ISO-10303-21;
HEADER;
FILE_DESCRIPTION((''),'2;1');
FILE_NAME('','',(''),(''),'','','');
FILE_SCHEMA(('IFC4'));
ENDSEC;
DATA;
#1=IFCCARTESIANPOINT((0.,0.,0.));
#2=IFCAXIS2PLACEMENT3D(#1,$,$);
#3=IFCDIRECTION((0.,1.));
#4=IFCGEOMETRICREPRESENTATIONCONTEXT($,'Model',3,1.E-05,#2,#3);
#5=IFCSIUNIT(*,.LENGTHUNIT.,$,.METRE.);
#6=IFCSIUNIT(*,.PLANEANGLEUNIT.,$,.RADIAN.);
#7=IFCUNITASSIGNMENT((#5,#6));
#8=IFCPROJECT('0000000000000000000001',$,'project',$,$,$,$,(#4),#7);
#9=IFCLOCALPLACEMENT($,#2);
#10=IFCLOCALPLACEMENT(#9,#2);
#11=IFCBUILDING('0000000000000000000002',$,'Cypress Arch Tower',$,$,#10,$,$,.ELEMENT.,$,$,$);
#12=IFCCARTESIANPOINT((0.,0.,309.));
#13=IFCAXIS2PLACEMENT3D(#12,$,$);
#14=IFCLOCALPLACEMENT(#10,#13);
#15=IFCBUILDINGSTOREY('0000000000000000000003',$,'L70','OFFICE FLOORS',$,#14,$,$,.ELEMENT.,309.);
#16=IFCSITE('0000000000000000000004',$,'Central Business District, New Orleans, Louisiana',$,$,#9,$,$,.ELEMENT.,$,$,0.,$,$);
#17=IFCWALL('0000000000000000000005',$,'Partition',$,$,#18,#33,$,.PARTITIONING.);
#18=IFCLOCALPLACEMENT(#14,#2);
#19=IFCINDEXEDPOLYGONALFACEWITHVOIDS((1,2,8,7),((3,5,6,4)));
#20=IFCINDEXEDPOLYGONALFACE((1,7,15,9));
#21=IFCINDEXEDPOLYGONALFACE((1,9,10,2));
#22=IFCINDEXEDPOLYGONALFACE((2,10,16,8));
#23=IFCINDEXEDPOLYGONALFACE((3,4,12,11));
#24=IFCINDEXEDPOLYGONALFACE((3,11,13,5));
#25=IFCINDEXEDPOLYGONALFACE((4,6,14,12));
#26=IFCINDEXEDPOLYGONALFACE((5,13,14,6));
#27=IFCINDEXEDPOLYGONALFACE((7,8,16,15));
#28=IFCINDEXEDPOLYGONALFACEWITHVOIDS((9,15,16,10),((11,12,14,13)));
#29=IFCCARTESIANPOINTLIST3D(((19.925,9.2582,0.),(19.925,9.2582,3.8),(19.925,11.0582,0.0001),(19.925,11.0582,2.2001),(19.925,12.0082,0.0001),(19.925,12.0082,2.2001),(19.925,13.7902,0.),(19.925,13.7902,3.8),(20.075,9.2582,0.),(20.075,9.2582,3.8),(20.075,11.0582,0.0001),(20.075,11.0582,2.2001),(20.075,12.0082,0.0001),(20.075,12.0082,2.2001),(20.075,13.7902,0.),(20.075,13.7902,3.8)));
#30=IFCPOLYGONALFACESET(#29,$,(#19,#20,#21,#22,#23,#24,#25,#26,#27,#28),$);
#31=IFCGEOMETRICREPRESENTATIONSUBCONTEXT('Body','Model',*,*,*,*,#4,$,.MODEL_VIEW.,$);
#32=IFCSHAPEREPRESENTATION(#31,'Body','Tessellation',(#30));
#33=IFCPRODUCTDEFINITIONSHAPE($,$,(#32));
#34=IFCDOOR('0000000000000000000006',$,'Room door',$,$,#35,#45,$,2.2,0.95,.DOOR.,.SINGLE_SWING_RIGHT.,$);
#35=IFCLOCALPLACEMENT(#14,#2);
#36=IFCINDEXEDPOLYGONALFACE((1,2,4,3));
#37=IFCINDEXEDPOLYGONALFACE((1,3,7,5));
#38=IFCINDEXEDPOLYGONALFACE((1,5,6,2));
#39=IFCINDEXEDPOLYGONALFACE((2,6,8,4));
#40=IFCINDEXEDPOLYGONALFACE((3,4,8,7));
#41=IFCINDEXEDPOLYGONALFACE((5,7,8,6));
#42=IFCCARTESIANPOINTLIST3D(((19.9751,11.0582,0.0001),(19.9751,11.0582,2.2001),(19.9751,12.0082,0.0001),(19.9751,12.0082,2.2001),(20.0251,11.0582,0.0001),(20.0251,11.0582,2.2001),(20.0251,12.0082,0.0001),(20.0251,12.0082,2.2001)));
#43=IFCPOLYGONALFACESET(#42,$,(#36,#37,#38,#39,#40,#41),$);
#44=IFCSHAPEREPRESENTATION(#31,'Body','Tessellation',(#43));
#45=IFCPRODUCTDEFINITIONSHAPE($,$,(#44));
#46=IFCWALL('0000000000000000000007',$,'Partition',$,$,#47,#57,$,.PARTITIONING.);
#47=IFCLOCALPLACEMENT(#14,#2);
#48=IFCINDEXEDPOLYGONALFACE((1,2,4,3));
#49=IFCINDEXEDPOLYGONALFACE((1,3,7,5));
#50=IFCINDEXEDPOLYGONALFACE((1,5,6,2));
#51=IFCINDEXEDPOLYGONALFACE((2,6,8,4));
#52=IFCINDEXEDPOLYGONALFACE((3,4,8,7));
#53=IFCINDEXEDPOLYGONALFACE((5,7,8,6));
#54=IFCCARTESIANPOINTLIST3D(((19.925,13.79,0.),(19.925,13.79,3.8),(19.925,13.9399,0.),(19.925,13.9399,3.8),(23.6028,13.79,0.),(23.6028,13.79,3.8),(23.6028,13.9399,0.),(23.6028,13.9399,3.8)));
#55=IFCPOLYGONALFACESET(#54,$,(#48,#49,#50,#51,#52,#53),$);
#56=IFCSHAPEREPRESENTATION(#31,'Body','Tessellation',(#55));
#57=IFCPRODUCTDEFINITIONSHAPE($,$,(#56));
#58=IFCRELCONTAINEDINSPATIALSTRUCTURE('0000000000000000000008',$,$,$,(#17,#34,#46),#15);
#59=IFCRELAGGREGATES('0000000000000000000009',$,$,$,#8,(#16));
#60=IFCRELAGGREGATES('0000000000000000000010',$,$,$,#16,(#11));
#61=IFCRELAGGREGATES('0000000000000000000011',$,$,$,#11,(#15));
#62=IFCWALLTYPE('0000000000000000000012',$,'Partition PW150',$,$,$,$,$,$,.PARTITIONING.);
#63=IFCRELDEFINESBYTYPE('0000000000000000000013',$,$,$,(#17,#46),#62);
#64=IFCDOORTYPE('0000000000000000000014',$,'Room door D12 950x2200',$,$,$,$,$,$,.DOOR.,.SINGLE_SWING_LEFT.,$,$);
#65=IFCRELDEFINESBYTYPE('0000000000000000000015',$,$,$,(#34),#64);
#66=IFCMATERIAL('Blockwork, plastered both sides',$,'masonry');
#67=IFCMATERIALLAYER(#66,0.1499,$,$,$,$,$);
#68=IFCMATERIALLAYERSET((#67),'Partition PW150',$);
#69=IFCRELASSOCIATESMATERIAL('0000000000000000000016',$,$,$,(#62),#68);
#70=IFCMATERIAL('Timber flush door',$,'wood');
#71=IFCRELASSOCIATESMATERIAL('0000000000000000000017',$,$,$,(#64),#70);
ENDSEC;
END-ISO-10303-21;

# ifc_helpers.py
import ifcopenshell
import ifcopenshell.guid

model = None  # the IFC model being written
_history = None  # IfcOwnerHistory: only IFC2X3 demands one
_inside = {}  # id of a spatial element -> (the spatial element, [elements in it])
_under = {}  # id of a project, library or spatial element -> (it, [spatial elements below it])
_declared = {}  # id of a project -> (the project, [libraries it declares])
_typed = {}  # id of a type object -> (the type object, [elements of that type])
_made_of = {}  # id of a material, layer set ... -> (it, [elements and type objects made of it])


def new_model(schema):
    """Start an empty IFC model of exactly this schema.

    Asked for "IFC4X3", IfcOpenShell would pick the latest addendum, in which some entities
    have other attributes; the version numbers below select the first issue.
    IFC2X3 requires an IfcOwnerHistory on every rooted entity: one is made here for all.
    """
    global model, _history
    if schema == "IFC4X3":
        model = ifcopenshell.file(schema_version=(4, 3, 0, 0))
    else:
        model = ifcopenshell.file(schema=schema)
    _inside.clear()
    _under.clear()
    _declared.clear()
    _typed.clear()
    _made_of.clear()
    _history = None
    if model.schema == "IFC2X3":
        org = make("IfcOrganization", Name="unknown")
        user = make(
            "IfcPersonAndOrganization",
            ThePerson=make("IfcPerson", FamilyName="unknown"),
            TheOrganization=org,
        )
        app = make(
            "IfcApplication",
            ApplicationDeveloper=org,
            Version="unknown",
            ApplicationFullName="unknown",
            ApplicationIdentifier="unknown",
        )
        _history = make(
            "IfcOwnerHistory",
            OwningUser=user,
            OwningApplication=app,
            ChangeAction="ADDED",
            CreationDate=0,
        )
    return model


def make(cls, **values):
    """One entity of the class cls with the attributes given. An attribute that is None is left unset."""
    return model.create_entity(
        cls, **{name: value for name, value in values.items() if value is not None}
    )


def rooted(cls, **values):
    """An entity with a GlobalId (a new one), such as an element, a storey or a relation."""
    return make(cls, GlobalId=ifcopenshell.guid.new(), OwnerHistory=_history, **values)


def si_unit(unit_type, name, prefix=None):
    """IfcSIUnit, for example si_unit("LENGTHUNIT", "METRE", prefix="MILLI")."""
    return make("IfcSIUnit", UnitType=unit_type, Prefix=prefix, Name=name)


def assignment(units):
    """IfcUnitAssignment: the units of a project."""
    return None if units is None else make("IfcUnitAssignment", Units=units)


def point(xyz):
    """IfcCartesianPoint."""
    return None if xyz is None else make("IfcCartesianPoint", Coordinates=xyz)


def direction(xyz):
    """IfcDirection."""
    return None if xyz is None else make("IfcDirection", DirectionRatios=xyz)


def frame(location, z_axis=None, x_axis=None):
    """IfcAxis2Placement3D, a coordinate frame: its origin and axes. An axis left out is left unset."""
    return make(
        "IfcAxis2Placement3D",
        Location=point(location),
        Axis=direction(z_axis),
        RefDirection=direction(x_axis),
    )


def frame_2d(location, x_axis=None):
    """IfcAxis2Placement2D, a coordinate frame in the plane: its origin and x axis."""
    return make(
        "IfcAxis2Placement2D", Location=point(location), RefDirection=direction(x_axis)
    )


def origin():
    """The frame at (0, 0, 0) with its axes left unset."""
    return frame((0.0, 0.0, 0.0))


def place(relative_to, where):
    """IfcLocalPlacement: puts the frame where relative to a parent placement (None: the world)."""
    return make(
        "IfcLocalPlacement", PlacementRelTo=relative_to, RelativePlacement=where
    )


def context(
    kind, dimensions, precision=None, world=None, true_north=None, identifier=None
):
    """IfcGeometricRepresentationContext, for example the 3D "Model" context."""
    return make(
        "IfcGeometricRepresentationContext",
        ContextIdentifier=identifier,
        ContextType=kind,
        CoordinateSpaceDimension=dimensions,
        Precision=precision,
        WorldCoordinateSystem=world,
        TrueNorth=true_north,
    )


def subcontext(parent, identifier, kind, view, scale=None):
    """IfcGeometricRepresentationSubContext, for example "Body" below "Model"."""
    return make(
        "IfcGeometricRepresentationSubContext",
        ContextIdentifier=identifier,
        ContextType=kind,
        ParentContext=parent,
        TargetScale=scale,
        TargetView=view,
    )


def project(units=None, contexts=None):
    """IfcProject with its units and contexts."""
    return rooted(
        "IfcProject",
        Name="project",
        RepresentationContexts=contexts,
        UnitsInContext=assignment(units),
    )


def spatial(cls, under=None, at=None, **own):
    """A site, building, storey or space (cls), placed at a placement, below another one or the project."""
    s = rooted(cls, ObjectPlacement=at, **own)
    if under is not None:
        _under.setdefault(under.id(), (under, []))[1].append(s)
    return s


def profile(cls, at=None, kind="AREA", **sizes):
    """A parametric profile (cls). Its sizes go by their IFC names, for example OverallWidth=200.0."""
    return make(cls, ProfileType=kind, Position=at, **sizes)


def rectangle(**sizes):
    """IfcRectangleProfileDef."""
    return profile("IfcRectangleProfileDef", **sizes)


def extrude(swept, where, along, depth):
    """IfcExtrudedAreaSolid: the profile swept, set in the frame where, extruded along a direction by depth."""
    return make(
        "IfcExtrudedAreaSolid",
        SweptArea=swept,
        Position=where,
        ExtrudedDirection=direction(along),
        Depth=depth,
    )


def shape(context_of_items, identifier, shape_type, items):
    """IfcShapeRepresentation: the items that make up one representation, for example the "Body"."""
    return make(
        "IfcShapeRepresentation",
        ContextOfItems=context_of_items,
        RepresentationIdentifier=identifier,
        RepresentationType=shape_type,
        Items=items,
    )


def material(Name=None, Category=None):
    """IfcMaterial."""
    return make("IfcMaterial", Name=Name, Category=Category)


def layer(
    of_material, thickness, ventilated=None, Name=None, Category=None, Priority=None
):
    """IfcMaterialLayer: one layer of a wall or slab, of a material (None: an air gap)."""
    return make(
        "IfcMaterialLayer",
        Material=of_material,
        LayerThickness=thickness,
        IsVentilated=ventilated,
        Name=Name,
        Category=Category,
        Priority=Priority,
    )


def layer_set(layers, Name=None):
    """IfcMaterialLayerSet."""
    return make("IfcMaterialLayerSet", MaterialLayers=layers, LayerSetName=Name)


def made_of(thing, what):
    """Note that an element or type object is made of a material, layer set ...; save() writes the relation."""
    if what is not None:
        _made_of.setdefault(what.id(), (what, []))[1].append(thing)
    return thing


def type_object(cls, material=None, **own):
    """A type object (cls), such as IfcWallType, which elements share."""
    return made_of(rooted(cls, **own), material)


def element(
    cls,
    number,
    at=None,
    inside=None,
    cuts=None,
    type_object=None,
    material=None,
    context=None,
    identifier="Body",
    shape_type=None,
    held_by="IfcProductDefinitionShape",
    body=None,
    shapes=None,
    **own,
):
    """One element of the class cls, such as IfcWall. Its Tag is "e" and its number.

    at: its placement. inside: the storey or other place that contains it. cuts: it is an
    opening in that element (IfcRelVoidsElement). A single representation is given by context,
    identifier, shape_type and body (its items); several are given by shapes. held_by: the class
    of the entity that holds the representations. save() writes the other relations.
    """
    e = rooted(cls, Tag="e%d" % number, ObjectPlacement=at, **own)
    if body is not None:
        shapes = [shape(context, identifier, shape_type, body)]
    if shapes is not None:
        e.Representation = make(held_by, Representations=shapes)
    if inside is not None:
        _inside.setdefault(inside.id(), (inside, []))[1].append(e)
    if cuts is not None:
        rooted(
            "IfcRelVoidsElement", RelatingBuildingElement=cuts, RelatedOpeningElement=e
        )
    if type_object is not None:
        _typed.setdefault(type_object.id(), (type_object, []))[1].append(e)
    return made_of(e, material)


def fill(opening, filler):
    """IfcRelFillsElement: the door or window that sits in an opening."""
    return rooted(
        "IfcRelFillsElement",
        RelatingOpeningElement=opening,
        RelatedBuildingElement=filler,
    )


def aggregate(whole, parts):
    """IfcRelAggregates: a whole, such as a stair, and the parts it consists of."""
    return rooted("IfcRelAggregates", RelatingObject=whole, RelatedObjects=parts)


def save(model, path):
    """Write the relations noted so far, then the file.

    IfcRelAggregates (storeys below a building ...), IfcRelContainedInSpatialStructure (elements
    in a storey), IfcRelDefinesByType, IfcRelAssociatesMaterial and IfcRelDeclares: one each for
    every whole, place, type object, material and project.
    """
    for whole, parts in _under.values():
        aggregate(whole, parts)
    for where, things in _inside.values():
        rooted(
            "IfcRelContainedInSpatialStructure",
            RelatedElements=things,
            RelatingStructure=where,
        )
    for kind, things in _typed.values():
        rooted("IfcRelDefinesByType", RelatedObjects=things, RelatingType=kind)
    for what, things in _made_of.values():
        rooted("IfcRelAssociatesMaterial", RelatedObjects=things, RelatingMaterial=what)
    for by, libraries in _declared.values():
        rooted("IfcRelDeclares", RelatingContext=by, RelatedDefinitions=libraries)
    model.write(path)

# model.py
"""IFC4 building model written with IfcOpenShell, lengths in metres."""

from ifc_helpers import new_model, si_unit, direction, frame, frame_2d, origin, place, context, subcontext, project, spatial, rectangle, extrude, material, layer, layer_set, type_object, element, fill, save


model = new_model("IFC4")

# Units and contexts
model_context = context("Model", 3, precision=1e-05, world=origin(), true_north=direction((0.0, 1.0)))
body_context = subcontext(model_context, "Body", "Model", "MODEL_VIEW")
ifc_project = project(units=[si_unit("LENGTHUNIT", "METRE"), si_unit("PLANEANGLEUNIT", "RADIAN")], contexts=[model_context])

# Site, building, storey
site_placement = place(None, origin())
site = spatial("IfcSite", under=ifc_project, at=site_placement, Name="Central Business District, New Orleans, Louisiana", CompositionType="ELEMENT", RefElevation=0.0)
building_placement = place(site_placement, origin())
building = spatial("IfcBuilding", under=site, at=building_placement, Name="Cypress Arch Tower", CompositionType="ELEMENT")
storey_placement = place(building_placement, frame((0.0, 0.0, 309.0)))
storey = spatial("IfcBuildingStorey", under=building, at=storey_placement, Name="L70", Description="OFFICE FLOORS", CompositionType="ELEMENT", Elevation=309.0)

# Wall, opening, door
ifc_material_1 = material(Name="Blockwork, plastered both sides", Category="masonry")
ifc_layer_1 = layer(ifc_material_1, 0.1499)
ifc_layer_set_1 = layer_set([ifc_layer_1], Name="Partition PW150")
wall_type_1 = type_object("IfcWallType", Name="Partition PW150", PredefinedType="PARTITIONING", material=ifc_layer_set_1)
wall_1_placement = place(storey_placement, frame((20.0, 9.2581, 0.0), z_axis=(0.0, 0.0, 1.0), x_axis=(0.0, 1.0, 0.0)))
wall_1 = element("IfcWall", 1, at=wall_1_placement, inside=storey, type_object=wall_type_1, Name="Partition", PredefinedType="PARTITIONING", context=body_context, shape_type="SweptSolid", body=[
    extrude(rectangle(XDim=4.532, YDim=0.1499, at=frame_2d((2.2661, 0.0))), origin(), (0.0, 0.0, 1.0), 3.8),
])
opening_1_placement = place(wall_1_placement, frame((1.8, 0.0, 0.0)))
opening_1 = element("IfcOpeningElement", 2, at=opening_1_placement, cuts=wall_1, PredefinedType="OPENING", context=body_context, shape_type="SweptSolid", body=[
    extrude(rectangle(XDim=0.95, YDim=2.2, at=frame_2d((0.4751, 1.1001))), frame((0.0, 0.085, 0.0), z_axis=(0.0, -1.0, 0.0), x_axis=(1.0, 0.0, 0.0)), (0.0, 0.0, 1.0), 0.1699),
])
ifc_material_2 = material(Name="Timber flush door", Category="wood")
door_type_1 = type_object("IfcDoorType", Name="Room door D12 950x2200", OperationType="SINGLE_SWING_LEFT", PredefinedType="DOOR", material=ifc_material_2)
door_1_placement = place(opening_1_placement, origin())
door_1 = element("IfcDoor", 3, at=door_1_placement, inside=storey, type_object=door_type_1, Name="Room door", OperationType="SINGLE_SWING_RIGHT", OverallHeight=2.2, OverallWidth=0.95, PredefinedType="DOOR", context=body_context, shape_type="SweptSolid", body=[
    extrude(rectangle(XDim=0.95, YDim=2.2, at=frame_2d((0.4751, 1.1001))), frame((0.0, 0.0249, 0.0), z_axis=(0.0, -1.0, 0.0), x_axis=(1.0, 0.0, 0.0)), (0.0, 0.0, 1.0), 0.05),
])
fill(opening_1, door_1)

# Wall
wall_2_placement = place(storey_placement, frame((19.925, 13.865, 0.0), z_axis=(0.0, 0.0, 1.0), x_axis=(1.0, 0.0, 0.0)))
element("IfcWall", 4, at=wall_2_placement, inside=storey, type_object=wall_type_1, Name="Partition", PredefinedType="PARTITIONING", context=body_context, shape_type="SweptSolid", body=[
    extrude(rectangle(XDim=3.6777, YDim=0.1499, at=frame_2d((1.8389, 0.0))), origin(), (0.0, 0.0, 1.0), 3.8),
])

save(model, "model.ifc")
